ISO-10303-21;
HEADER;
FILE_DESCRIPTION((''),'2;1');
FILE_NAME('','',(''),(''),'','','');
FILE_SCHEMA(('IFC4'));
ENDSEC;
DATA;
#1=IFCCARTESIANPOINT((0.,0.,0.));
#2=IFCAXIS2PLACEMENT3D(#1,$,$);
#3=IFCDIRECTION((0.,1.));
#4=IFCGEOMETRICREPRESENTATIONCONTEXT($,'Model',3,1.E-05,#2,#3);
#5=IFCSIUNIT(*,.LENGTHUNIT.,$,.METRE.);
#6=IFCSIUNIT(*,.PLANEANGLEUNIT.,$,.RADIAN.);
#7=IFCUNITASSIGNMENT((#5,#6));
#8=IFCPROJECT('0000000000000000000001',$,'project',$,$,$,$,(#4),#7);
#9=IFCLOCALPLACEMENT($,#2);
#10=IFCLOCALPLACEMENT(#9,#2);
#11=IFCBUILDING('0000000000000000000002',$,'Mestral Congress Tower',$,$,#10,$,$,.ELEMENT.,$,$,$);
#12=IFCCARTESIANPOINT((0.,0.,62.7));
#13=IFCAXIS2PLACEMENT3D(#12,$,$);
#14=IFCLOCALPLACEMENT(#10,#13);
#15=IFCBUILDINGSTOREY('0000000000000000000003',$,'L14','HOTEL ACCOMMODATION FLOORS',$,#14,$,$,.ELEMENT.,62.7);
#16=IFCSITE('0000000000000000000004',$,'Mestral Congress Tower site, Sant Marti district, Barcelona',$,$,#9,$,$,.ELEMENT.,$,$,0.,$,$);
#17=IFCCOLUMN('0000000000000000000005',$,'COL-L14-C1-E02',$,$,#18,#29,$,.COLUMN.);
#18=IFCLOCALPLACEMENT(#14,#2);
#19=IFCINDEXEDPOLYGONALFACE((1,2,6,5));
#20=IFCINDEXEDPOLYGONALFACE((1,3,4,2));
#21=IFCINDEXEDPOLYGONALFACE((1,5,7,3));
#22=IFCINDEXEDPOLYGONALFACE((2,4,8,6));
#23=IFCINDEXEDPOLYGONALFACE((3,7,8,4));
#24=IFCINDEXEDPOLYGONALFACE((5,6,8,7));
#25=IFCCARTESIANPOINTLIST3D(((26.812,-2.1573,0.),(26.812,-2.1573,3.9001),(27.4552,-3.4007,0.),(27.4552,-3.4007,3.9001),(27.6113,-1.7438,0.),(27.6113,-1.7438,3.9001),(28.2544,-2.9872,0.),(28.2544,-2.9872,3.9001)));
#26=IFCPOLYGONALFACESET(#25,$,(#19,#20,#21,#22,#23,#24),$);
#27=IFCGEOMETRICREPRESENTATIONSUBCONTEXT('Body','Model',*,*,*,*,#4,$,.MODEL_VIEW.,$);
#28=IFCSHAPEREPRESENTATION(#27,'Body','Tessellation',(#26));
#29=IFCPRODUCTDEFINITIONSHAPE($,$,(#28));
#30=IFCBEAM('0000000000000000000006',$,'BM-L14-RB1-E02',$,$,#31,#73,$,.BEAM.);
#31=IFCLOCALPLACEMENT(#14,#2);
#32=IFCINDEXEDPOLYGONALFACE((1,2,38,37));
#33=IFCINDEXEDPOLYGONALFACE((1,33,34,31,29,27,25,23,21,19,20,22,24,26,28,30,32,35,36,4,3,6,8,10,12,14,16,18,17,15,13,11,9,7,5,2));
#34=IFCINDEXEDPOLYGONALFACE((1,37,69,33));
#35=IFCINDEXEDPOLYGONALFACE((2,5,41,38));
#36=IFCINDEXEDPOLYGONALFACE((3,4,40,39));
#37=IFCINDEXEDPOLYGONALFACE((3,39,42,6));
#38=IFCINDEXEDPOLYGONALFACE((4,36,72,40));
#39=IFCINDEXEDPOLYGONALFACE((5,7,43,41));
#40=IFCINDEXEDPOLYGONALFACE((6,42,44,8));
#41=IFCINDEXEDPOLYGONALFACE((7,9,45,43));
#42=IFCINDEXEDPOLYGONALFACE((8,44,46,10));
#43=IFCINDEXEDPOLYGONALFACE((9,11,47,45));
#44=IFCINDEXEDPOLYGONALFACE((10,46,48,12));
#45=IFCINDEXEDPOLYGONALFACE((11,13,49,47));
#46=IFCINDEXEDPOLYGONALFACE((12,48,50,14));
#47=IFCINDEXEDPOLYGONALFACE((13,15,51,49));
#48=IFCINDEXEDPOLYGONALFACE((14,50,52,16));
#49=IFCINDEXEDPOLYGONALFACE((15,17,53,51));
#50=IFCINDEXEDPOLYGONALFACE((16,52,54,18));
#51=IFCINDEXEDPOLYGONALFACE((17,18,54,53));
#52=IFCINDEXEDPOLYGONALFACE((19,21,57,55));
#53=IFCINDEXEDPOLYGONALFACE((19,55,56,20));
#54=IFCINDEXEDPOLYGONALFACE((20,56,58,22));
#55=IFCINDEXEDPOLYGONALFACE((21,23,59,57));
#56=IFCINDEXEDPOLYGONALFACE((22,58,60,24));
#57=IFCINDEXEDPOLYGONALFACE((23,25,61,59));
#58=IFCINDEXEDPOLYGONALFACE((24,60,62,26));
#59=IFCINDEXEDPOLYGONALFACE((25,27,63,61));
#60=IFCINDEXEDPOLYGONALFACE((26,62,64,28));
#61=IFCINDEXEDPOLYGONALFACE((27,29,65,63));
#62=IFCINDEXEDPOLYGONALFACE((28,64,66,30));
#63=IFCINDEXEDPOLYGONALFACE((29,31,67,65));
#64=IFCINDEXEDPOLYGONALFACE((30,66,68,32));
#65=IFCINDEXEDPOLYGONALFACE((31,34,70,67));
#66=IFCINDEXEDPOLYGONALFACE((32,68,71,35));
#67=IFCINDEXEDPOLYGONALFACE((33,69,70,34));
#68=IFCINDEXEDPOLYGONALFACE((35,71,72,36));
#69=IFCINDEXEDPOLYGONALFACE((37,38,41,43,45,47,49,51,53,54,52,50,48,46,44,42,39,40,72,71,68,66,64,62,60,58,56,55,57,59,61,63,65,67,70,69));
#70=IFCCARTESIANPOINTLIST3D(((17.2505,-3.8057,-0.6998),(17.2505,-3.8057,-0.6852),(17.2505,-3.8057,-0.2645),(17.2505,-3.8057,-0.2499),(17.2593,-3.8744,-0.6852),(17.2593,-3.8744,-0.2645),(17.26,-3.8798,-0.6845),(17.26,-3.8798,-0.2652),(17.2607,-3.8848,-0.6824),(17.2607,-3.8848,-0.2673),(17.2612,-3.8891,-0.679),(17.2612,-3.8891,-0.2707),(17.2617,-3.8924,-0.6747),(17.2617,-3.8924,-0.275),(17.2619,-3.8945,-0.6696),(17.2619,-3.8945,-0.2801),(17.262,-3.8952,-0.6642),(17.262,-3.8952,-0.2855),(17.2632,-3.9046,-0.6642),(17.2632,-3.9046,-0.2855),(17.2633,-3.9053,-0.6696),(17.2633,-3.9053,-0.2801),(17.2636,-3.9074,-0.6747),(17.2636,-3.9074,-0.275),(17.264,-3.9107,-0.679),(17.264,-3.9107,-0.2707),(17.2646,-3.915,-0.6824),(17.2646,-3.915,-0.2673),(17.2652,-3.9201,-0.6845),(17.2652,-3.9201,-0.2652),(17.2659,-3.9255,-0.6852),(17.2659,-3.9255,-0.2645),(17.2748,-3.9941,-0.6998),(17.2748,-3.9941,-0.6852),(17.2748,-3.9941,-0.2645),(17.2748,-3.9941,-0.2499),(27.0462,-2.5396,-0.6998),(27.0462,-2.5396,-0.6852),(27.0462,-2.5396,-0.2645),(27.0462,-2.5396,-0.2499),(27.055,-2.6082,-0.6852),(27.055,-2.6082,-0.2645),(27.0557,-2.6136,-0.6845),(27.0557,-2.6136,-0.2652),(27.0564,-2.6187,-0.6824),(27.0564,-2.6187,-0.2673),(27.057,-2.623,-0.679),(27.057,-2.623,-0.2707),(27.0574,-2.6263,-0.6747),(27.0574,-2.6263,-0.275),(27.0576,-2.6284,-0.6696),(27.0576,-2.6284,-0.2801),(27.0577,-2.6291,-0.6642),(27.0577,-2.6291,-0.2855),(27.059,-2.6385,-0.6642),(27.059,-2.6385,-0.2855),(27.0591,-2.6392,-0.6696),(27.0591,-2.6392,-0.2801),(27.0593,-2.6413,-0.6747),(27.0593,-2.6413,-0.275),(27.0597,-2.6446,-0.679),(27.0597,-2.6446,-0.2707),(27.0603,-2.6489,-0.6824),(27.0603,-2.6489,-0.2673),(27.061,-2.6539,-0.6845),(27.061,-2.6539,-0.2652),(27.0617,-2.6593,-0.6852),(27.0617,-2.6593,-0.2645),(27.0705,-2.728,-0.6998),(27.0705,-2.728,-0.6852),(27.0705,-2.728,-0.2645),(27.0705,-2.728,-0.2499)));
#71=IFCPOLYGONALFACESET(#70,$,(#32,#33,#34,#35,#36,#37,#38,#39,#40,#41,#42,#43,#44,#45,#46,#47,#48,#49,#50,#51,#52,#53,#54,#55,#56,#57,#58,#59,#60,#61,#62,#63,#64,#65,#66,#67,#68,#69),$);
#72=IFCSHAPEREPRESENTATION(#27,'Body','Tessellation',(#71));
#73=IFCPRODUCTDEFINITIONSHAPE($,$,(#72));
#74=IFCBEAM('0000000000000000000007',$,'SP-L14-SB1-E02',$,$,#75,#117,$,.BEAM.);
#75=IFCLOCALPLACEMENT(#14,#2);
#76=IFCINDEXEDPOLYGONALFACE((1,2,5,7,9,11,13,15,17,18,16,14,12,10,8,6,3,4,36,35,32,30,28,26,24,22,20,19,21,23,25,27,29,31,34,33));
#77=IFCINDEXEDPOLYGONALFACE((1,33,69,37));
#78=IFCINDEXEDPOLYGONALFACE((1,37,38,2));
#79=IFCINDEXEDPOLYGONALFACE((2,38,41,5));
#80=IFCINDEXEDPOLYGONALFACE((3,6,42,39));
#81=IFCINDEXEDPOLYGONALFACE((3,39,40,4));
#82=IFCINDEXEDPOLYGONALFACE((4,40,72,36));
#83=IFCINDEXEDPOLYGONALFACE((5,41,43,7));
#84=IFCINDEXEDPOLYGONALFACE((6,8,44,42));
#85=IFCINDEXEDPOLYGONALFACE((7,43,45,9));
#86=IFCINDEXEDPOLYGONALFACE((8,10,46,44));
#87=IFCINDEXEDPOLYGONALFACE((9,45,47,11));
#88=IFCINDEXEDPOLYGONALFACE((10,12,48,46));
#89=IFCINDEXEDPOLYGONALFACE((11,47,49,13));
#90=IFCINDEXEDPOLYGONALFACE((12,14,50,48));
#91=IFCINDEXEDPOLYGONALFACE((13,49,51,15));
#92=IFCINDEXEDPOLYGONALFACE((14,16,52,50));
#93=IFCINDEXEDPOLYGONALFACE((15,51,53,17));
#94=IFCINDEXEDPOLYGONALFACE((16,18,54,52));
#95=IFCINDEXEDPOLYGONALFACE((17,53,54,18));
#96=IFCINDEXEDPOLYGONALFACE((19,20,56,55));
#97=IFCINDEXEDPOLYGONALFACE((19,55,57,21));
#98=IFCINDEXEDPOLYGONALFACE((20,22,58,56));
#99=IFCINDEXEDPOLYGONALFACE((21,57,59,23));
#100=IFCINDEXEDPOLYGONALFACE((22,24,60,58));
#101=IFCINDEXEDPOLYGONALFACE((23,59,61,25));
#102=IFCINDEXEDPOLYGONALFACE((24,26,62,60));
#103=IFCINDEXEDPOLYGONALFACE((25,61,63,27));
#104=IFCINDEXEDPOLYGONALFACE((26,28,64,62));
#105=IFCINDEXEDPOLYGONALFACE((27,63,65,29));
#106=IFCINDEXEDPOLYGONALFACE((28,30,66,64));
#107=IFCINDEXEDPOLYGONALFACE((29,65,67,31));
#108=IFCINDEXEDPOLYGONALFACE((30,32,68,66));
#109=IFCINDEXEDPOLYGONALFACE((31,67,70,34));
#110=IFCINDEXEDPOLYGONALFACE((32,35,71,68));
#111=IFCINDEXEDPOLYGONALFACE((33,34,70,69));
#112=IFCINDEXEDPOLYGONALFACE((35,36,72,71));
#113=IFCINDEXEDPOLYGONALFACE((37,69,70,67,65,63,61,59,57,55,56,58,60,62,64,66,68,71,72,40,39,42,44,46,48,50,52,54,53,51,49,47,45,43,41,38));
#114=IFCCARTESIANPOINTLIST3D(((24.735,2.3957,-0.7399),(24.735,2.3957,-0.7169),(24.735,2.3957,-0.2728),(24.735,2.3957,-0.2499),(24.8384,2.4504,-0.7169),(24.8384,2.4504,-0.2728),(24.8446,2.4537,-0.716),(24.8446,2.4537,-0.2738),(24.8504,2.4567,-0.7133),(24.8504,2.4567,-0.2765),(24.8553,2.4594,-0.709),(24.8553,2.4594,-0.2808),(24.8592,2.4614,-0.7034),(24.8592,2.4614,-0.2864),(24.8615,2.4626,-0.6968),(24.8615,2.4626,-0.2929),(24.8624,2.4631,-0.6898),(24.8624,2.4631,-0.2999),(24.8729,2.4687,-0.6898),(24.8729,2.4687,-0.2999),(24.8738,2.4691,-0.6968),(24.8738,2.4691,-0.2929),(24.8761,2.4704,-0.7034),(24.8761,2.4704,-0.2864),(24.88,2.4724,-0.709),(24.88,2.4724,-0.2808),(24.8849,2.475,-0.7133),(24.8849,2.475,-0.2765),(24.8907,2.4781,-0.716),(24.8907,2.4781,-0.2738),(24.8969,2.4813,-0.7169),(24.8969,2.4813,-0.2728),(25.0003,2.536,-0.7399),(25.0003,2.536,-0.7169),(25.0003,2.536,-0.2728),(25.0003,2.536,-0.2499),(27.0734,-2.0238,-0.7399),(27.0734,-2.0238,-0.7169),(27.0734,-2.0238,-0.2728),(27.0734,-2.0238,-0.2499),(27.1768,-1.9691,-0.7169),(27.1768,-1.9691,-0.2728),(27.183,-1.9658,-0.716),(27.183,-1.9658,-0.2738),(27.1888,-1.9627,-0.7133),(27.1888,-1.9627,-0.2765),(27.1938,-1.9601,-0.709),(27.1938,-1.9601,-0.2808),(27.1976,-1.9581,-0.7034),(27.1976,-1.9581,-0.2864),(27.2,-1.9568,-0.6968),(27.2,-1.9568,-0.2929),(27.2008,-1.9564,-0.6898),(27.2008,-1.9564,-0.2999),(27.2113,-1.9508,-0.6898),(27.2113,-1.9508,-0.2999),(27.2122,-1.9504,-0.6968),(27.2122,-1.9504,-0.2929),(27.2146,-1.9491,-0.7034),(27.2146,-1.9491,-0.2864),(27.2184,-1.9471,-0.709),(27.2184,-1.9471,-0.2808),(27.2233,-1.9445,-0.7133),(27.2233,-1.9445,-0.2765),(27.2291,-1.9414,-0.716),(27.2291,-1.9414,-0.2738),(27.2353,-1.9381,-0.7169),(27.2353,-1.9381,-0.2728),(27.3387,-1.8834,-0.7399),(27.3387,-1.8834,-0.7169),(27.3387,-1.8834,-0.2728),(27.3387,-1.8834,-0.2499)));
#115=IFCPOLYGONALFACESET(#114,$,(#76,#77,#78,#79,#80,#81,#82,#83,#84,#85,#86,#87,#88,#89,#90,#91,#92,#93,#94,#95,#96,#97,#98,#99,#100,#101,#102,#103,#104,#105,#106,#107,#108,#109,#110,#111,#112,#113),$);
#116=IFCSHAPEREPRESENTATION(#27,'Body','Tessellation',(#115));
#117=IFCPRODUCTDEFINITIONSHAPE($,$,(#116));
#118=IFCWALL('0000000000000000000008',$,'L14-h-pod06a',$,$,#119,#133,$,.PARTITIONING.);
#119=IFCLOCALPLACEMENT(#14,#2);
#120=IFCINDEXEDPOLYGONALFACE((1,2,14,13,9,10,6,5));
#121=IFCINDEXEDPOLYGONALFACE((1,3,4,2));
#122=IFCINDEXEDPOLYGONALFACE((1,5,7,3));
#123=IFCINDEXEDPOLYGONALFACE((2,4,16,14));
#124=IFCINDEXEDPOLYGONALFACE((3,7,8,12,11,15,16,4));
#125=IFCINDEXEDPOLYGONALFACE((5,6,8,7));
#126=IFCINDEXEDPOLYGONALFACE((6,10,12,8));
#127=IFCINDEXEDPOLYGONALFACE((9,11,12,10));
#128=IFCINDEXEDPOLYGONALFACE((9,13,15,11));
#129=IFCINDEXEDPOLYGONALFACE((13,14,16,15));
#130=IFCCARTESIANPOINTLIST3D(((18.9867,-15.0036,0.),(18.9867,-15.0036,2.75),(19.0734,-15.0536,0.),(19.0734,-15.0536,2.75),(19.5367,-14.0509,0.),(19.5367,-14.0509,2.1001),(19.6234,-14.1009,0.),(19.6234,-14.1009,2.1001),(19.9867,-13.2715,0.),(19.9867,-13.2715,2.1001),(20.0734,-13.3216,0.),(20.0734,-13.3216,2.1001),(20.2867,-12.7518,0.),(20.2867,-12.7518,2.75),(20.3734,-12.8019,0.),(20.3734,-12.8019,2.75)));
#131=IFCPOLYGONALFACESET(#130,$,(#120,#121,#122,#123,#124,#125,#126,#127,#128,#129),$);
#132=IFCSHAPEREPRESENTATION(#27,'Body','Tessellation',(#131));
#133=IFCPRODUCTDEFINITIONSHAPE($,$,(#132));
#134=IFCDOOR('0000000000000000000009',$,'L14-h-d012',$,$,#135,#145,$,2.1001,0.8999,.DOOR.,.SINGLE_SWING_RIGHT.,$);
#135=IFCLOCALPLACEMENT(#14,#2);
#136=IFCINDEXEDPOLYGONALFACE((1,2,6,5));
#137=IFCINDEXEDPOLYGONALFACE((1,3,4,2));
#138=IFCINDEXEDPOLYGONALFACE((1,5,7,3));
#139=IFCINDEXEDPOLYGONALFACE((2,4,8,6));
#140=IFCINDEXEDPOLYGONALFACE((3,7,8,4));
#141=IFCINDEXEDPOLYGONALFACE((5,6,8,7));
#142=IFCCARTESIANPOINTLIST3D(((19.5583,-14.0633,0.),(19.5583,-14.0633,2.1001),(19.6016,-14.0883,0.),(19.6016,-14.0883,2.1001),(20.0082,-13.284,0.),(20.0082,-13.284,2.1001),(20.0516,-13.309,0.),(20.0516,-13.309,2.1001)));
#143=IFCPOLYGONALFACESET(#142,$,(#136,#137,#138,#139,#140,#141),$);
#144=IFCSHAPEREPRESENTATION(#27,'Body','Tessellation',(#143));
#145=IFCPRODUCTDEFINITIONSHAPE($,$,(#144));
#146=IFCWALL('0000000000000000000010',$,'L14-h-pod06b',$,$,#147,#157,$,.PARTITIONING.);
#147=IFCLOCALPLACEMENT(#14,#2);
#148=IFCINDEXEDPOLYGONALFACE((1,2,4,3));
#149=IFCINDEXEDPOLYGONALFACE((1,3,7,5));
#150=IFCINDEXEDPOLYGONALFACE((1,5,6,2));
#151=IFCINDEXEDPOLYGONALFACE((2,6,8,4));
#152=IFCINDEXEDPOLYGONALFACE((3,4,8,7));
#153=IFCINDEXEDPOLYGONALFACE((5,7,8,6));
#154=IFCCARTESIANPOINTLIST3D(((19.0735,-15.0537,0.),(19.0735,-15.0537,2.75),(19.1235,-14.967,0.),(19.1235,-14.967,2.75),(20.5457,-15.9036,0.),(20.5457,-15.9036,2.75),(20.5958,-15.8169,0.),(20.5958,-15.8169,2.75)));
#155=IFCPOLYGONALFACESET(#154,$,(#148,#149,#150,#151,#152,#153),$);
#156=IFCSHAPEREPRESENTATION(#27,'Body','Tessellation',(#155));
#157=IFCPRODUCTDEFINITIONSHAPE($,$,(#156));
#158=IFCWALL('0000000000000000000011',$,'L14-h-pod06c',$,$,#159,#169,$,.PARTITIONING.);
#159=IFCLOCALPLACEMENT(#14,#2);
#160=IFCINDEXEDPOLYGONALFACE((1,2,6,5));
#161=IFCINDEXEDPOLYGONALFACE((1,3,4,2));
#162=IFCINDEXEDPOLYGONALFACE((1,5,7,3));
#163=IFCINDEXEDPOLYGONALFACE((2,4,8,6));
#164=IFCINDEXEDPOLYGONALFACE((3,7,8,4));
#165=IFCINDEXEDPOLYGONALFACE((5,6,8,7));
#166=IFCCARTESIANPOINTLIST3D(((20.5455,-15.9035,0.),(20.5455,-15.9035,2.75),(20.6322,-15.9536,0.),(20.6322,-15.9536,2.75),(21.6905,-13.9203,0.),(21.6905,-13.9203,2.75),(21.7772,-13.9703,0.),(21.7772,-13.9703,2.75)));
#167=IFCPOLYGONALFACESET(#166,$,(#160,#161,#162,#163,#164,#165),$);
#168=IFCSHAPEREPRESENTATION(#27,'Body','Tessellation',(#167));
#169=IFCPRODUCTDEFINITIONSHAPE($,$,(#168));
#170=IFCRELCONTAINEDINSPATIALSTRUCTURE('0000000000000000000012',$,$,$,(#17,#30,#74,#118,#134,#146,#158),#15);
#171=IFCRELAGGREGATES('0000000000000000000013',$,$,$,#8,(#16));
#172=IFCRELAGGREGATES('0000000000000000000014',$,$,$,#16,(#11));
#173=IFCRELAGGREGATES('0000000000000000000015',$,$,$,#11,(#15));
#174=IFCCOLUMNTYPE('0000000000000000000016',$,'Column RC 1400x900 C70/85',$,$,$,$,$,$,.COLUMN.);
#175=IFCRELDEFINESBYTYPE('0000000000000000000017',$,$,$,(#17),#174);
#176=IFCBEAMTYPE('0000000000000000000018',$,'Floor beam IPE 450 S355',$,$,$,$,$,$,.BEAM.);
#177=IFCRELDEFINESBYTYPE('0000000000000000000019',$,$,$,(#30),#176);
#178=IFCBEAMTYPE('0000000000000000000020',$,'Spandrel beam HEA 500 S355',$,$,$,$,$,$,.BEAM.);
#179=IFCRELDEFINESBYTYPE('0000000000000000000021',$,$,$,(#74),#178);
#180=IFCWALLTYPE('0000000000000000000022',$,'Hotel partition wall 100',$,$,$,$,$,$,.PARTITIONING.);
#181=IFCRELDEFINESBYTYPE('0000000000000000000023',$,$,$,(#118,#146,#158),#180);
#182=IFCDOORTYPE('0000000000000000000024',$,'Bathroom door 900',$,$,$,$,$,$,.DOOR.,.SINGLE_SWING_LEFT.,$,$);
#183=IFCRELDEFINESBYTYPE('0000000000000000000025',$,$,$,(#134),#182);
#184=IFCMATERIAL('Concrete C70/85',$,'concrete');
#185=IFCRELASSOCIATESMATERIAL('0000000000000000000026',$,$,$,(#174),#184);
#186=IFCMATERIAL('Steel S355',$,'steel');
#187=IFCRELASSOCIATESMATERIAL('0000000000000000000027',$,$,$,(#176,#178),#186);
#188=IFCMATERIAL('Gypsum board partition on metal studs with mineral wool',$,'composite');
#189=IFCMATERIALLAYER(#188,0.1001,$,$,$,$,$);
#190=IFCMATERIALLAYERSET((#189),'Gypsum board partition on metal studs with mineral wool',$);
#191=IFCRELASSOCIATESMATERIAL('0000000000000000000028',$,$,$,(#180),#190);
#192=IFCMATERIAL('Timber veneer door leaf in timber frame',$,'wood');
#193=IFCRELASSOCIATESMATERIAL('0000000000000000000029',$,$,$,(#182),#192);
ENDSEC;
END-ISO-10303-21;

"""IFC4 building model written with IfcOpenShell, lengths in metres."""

from ifc_helpers import new_model, si_unit, direction, frame, frame_2d, origin, origin_2d, place, context, subcontext, project, spatial, rectangle, i_section, extrude, material, layer, layer_set, material_profile, profile_set, type_object, element, fill, save


model = new_model("IFC4")

# Units and contexts
model_context = context("Model", 3, precision=1e-05, world=origin(), true_north=direction((0.0, 1.0)))
body_context = subcontext(model_context, "Body", "Model", "MODEL_VIEW")
ifc_project = project(units=[si_unit("LENGTHUNIT", "METRE"), si_unit("PLANEANGLEUNIT", "RADIAN")], contexts=[model_context])

# Site, building, storey
site_placement = place(None, origin())
site = spatial("IfcSite", under=ifc_project, at=site_placement, Name="Mestral Congress Tower site, Sant Marti district, Barcelona", CompositionType="ELEMENT", RefElevation=0.0)
building_placement = place(site_placement, origin())
building = spatial("IfcBuilding", under=site, at=building_placement, Name="Mestral Congress Tower", CompositionType="ELEMENT")
storey_placement = place(building_placement, frame((0.0, 0.0, 62.7)))
storey = spatial("IfcBuildingStorey", under=building, at=storey_placement, Name="L14", Description="HOTEL ACCOMMODATION FLOORS", CompositionType="ELEMENT", Elevation=62.7)

# Column
ifc_material_1 = material(Name="Concrete C70/85", Category="concrete")
ifc_material_profile_1 = material_profile(ifc_material_1, rectangle(XDim=1.3999, YDim=0.8999, at=origin_2d()), Name="RC 1400x900")
ifc_profile_set_1 = profile_set([ifc_material_profile_1], Name="Concrete C70/85")
column_type = type_object("IfcColumnType", Name="Column RC 1400x900 C70/85", PredefinedType="COLUMN", material=ifc_profile_set_1)
column_placement = place(storey_placement, frame((27.5332, -2.5723, 0.0), z_axis=(0.0, 0.0, 1.0), x_axis=(-0.459456, 0.888201, 0.0)))
element("IfcColumn", 1, at=column_placement, inside=storey, type_object=column_type, Name="COL-L14-C1-E02", PredefinedType="COLUMN", context=body_context, shape_type="SweptSolid", body=[
    extrude(rectangle(XDim=1.3999, YDim=0.8999, at=origin_2d()), origin(), (0.0, 0.0, 1.0), 3.9001),
])

# Beams
ifc_material_2 = material(Name="Steel S355", Category="steel")
ifc_material_profile_2 = material_profile(ifc_material_2, i_section(OverallWidth=0.1899, OverallDepth=0.45, WebThickness=0.0095, FlangeThickness=0.0146, FilletRadius=0.021, at=origin_2d()), Name="IPE 450")
ifc_profile_set_2 = profile_set([ifc_material_profile_2], Name="Steel S355")
beam_type_1 = type_object("IfcBeamType", Name="Floor beam IPE 450 S355", PredefinedType="BEAM", material=ifc_profile_set_2)
beam_1_placement = place(storey_placement, frame((27.0583, -2.6338, -0.4749), z_axis=(-0.99175, -0.128186, 0.0), x_axis=(0.128186, -0.99175, 0.0)))
element("IfcBeam", 2, at=beam_1_placement, inside=storey, type_object=beam_type_1, Name="BM-L14-RB1-E02", PredefinedType="BEAM", context=body_context, shape_type="SweptSolid", body=[
    extrude(i_section(OverallWidth=0.1899, OverallDepth=0.45, WebThickness=0.0095, FlangeThickness=0.0146, FilletRadius=0.021, at=origin_2d()), origin(), (0.0, 0.0, 1.0), 9.8772),
])
ifc_material_profile_3 = material_profile(ifc_material_2, i_section(OverallWidth=0.3, OverallDepth=0.49, WebThickness=0.012, FlangeThickness=0.0229, FilletRadius=0.0271, at=origin_2d()), Name="HEA 500")
ifc_profile_set_3 = profile_set([ifc_material_profile_3], Name="Steel S355")
beam_type_2 = type_object("IfcBeamType", Name="Spandrel beam HEA 500 S355", PredefinedType="BEAM", material=ifc_profile_set_3)
beam_2_placement = place(storey_placement, frame((27.2061, -1.9536, -0.4949), z_axis=(-0.467681, 0.883897, 0.0), x_axis=(-0.883897, -0.467681, 0.0)))
element("IfcBeam", 3, at=beam_2_placement, inside=storey, type_object=beam_type_2, Name="SP-L14-SB1-E02", PredefinedType="BEAM", context=body_context, shape_type="SweptSolid", body=[
    extrude(i_section(OverallWidth=0.3, OverallDepth=0.49, WebThickness=0.012, FlangeThickness=0.0229, FilletRadius=0.0271, at=origin_2d()), origin(), (0.0, 0.0, 1.0), 5.0),
])

# Wall, opening, door
ifc_material_3 = material(Name="Gypsum board partition on metal studs with mineral wool", Category="composite")
ifc_layer_1 = layer(ifc_material_3, 0.1001)
ifc_layer_set_1 = layer_set([ifc_layer_1], Name="Gypsum board partition on metal studs with mineral wool")
wall_type_1 = type_object("IfcWallType", Name="Hotel partition wall 100", PredefinedType="PARTITIONING", material=ifc_layer_set_1)
wall_1_placement = place(storey_placement, frame((20.3301, -12.7769, 0.0), z_axis=(0.0, 0.0, 1.0), x_axis=(-0.500007, -0.866021, 0.0)))
wall_1 = element("IfcWall", 4, at=wall_1_placement, inside=storey, type_object=wall_type_1, Name="L14-h-pod06a", PredefinedType="PARTITIONING", context=body_context, shape_type="SweptSolid", body=[
    extrude(rectangle(XDim=2.6001, YDim=0.1001, at=frame_2d((1.3, 0.0))), origin(), (0.0, 0.0, 1.0), 2.75),
])
opening_1_placement = place(wall_1_placement, frame((0.6001, 0.0, 0.0)))
opening_1 = element("IfcOpeningElement", 5, at=opening_1_placement, cuts=wall_1, PredefinedType="OPENING", context=body_context, shape_type="SweptSolid", body=[
    extrude(rectangle(XDim=0.8999, YDim=2.1001, at=frame_2d((0.45, 1.05))), frame((0.0, 0.0601, 0.0), z_axis=(0.0, -1.0, 0.0), x_axis=(1.0, 0.0, 0.0)), (0.0, 0.0, 1.0), 0.1201),
])
ifc_material_4 = material(Name="Timber veneer door leaf in timber frame", Category="wood")
door_type_1 = type_object("IfcDoorType", Name="Bathroom door 900", OperationType="SINGLE_SWING_LEFT", PredefinedType="DOOR", material=ifc_material_4)
door_1_placement = place(opening_1_placement, origin())
door_1 = element("IfcDoor", 6, at=door_1_placement, inside=storey, type_object=door_type_1, Name="L14-h-d012", OperationType="SINGLE_SWING_RIGHT", OverallHeight=2.1001, OverallWidth=0.8999, PredefinedType="DOOR", context=body_context, shape_type="SweptSolid", body=[
    extrude(rectangle(XDim=0.8999, YDim=2.1001, at=frame_2d((0.45, 1.05))), frame((0.0, 0.0249, 0.0), z_axis=(0.0, -1.0, 0.0), x_axis=(1.0, 0.0, 0.0)), (0.0, 0.0, 1.0), 0.05),
])
fill(opening_1, door_1)

# Walls
wall_2_placement = place(storey_placement, frame((19.0984, -15.0103, 0.0), z_axis=(0.0, 0.0, 1.0), x_axis=(0.866052, -0.499955, 0.0)))
element("IfcWall", 7, at=wall_2_placement, inside=storey, type_object=wall_type_1, Name="L14-h-pod06b", PredefinedType="PARTITIONING", context=body_context, shape_type="SweptSolid", body=[
    extrude(rectangle(XDim=1.7, YDim=0.1001, at=frame_2d((0.8501, 0.0))), origin(), (0.0, 0.0, 1.0), 2.75),
])
wall_3_placement = place(storey_placement, frame((21.7339, -13.9453, 0.0), z_axis=(0.0, 0.0, 1.0), x_axis=(-0.500015, -0.866017, 0.0)))
element("IfcWall", 8, at=wall_3_placement, inside=storey, type_object=wall_type_1, Name="L14-h-pod06c", PredefinedType="PARTITIONING", context=body_context, shape_type="SweptSolid", body=[
    extrude(rectangle(XDim=2.29, YDim=0.1001, at=frame_2d((1.145, 0.0))), origin(), (0.0, 0.0, 1.0), 2.75),
])

save(model, "model.ifc")
